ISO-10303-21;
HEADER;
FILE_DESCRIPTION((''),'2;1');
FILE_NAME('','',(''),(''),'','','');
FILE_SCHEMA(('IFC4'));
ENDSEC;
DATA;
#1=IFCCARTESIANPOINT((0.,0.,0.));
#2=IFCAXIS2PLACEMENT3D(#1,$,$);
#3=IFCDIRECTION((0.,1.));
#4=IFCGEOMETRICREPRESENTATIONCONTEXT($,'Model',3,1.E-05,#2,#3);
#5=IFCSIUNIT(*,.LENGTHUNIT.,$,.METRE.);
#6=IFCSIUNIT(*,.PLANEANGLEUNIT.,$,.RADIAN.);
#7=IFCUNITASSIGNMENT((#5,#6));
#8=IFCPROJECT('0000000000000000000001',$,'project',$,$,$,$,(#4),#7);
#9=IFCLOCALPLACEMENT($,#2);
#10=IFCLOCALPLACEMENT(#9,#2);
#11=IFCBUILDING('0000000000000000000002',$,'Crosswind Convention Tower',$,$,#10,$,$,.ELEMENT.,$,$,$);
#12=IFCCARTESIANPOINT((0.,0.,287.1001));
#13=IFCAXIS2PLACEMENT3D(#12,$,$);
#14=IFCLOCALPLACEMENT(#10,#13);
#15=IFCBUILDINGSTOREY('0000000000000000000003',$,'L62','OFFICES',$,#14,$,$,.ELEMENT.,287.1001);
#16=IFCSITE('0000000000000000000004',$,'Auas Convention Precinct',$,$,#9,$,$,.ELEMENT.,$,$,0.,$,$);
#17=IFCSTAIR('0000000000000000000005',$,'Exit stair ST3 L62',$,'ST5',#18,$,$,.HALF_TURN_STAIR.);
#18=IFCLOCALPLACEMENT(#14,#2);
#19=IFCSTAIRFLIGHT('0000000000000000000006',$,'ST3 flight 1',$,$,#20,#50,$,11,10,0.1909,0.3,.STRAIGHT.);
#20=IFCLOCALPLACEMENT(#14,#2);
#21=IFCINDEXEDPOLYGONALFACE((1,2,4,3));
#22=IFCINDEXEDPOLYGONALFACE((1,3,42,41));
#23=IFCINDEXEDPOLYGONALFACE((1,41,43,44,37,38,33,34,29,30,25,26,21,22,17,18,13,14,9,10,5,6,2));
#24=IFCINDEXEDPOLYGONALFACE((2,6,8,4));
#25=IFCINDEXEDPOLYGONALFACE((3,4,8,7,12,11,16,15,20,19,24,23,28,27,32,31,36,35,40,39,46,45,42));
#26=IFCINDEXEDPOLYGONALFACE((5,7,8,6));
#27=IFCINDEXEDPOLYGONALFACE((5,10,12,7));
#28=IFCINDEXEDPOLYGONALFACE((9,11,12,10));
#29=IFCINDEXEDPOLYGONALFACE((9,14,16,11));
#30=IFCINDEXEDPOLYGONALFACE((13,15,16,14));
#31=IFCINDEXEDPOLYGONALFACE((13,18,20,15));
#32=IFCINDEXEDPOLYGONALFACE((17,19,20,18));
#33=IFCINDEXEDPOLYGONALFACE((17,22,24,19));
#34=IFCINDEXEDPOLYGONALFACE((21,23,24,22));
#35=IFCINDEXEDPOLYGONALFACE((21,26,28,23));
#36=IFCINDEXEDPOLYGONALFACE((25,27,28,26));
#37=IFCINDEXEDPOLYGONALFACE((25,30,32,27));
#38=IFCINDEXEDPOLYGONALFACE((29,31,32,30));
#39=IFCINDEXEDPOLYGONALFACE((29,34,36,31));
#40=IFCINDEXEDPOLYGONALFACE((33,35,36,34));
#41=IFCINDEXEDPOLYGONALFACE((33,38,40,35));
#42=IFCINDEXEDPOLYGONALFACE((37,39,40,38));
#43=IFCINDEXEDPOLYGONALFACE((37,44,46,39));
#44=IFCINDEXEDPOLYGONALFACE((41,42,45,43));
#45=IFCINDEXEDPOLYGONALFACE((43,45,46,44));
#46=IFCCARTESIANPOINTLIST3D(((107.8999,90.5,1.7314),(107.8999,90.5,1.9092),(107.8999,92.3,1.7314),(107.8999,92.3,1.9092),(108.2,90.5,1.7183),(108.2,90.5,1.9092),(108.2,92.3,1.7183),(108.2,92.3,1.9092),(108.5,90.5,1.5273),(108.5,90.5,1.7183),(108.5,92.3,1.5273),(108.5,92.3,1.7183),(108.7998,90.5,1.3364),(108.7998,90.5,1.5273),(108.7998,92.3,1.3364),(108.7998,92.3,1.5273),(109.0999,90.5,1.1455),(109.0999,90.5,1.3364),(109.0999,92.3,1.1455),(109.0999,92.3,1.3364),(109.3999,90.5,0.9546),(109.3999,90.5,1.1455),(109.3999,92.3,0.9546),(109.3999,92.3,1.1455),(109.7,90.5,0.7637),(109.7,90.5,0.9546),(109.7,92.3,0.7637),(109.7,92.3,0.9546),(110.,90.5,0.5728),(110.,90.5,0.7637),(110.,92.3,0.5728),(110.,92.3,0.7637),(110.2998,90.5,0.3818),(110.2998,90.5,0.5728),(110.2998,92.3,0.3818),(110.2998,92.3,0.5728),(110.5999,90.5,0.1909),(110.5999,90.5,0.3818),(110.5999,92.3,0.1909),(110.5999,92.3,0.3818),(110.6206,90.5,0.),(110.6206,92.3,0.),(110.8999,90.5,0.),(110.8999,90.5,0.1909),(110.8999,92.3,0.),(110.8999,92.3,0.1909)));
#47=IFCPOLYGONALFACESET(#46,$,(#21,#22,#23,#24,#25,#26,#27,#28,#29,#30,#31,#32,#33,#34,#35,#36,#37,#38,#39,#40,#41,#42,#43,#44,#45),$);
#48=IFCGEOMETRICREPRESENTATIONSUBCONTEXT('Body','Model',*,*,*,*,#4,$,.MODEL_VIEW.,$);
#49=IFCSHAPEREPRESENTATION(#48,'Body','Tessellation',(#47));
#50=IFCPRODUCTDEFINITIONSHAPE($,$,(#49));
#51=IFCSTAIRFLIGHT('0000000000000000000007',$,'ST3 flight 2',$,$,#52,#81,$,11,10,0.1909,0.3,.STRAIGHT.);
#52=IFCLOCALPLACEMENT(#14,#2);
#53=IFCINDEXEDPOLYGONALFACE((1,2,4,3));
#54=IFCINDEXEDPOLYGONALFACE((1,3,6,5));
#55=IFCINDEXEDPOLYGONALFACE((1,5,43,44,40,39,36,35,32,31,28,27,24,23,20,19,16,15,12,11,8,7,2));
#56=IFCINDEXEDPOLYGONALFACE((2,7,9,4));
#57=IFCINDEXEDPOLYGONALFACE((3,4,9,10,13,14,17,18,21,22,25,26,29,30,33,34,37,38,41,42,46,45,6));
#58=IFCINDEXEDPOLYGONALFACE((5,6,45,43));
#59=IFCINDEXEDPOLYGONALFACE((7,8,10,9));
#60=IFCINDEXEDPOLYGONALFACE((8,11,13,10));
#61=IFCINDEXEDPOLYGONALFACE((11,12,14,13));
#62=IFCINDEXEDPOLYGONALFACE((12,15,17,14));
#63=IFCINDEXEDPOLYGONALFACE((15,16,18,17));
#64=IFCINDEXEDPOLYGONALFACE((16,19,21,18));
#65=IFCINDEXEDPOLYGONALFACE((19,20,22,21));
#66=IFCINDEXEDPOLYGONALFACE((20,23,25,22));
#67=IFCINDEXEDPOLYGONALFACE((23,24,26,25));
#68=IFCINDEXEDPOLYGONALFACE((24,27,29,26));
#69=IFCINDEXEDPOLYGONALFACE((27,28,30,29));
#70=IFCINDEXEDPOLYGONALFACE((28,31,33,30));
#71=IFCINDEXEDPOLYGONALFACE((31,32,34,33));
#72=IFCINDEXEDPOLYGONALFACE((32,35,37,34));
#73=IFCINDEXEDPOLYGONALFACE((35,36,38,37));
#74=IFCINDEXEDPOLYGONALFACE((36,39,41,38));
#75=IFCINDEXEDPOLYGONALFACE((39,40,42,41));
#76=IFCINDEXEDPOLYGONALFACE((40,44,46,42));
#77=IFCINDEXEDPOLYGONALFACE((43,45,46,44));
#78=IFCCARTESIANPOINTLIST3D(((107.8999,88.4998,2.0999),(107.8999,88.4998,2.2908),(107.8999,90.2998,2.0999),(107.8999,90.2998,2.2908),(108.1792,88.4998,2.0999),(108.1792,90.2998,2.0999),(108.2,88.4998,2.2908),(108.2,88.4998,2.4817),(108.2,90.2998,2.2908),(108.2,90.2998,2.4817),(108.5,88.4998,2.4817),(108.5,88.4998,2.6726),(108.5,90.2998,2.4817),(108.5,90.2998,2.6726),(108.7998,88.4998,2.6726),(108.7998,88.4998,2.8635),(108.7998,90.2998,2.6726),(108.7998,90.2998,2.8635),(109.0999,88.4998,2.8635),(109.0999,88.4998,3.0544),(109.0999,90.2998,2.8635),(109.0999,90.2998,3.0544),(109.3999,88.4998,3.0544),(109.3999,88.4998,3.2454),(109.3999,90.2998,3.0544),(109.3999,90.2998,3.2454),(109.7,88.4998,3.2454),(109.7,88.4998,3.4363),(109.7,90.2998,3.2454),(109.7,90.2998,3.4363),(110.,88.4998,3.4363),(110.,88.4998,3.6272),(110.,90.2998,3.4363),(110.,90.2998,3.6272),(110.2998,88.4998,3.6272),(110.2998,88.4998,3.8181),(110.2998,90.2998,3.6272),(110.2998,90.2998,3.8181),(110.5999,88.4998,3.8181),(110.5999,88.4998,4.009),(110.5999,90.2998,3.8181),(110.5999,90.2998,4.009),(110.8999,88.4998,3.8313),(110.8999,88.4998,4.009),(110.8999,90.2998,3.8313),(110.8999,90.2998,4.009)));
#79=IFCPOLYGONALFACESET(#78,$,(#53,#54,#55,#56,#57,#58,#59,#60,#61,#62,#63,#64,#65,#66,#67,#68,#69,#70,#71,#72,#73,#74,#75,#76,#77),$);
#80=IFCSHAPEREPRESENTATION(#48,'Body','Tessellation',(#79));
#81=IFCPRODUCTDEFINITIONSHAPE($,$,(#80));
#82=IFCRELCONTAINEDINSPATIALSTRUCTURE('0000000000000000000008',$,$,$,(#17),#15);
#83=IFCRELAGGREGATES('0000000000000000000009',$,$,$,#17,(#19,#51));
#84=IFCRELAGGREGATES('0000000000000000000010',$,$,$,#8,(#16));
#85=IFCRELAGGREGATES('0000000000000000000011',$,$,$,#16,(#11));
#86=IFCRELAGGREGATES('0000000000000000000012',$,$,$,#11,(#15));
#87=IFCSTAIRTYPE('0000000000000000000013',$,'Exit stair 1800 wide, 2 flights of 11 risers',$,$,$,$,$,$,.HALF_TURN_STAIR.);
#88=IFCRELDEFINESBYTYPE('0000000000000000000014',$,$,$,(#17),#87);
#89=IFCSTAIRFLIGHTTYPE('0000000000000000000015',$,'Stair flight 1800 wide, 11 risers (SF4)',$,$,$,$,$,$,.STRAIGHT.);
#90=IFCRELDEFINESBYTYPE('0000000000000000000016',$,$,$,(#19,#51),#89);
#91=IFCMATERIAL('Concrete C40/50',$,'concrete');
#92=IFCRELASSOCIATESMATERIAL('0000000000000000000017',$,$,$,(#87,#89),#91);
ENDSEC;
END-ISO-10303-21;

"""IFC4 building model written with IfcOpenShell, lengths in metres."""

from ifc_helpers import new_model, si_unit, direction, frame, origin, place, context, subcontext, project, spatial, polyline, outline, extrude, material, type_object, element, aggregate, save


model = new_model("IFC4")

# Units and contexts
model_context = context("Model", 3, precision=1e-05, world=origin(), true_north=direction((0.0, 1.0)))
body_context = subcontext(model_context, "Body", "Model", "MODEL_VIEW")
ifc_project = project(units=[si_unit("LENGTHUNIT", "METRE"), si_unit("PLANEANGLEUNIT", "RADIAN")], contexts=[model_context])

# Site, building, storey
site_placement = place(None, origin())
site = spatial("IfcSite", under=ifc_project, at=site_placement, Name="Auas Convention Precinct", CompositionType="ELEMENT", RefElevation=0.0)
building_placement = place(site_placement, origin())
building = spatial("IfcBuilding", under=site, at=building_placement, Name="Crosswind Convention Tower", CompositionType="ELEMENT")
storey_placement = place(building_placement, frame((0.0, 0.0, 287.1001)))
storey = spatial("IfcBuildingStorey", under=building, at=storey_placement, Name="L62", Description="OFFICES", CompositionType="ELEMENT", Elevation=287.1001)

# Shared definitions
ifc_material_1 = material(Name="Concrete C40/50", Category="concrete")

# Stair
stair_type = type_object("IfcStairType", Name="Exit stair 1800 wide, 2 flights of 11 risers", PredefinedType="HALF_TURN_STAIR", material=ifc_material_1)
stair_1_placement = place(storey_placement, origin())
stair_1 = element("IfcStair", 1, at=stair_1_placement, inside=storey, type_object=stair_type, Name="Exit stair ST3 L62", ObjectType="ST5", PredefinedType="HALF_TURN_STAIR")

# Stair flights
stair_flight_type = type_object("IfcStairFlightType", Name="Stair flight 1800 wide, 11 risers (SF4)", PredefinedType="STRAIGHT", material=ifc_material_1)
stair_flight_1_placement = place(storey_placement, frame((110.8999, 91.3999, 0.0), z_axis=(0.0, 0.0, 1.0), x_axis=(-1.0, 0.0, 0.0)))
stair_flight_1 = element("IfcStairFlight", 2, at=stair_flight_1_placement, type_object=stair_flight_type, Name="ST3 flight 1", NumberOfRisers=11, NumberOfTreads=10, PredefinedType="STRAIGHT", RiserHeight=0.1909, TreadLength=0.3, context=body_context, shape_type="SweptSolid", body=[
    extrude(outline(polyline([(0.0, 0.0), (0.0, 0.1909), (0.3, 0.1909), (0.3, 0.3818), (0.6001, 0.3818), (0.6001, 0.5728), (0.8999, 0.5728), (0.8999, 0.7637), (1.2, 0.7637), (1.2, 0.9546), (1.5, 0.9546), (1.5, 1.1455), (1.8, 1.1455), (1.8, 1.3364), (2.1001, 1.3364), (2.1001, 1.5273), (2.3999, 1.5273), (2.3999, 1.7183), (2.7, 1.7183), (2.7, 1.9092), (3.0, 1.9092), (3.0, 2.1001), (3.0, 1.7314), (0.2793, 0.0), (0.0, 0.0)])), frame((0.0, 0.8999, 0.0), z_axis=(0.0, -1.0, 0.0), x_axis=(1.0, 0.0, 0.0)), (0.0, 0.0, 1.0), 1.8),
])
stair_flight_2_placement = place(storey_placement, frame((107.8999, 89.3999, 2.0999), z_axis=(0.0, 0.0, 1.0), x_axis=(1.0, 0.0, 0.0)))
stair_flight_2 = element("IfcStairFlight", 3, at=stair_flight_2_placement, type_object=stair_flight_type, Name="ST3 flight 2", NumberOfRisers=11, NumberOfTreads=10, PredefinedType="STRAIGHT", RiserHeight=0.1909, TreadLength=0.3, context=body_context, shape_type="SweptSolid", body=[
    extrude(outline(polyline([(0.0, 0.0), (0.0, 0.1909), (0.3, 0.1909), (0.3, 0.3818), (0.6001, 0.3818), (0.6001, 0.5728), (0.8999, 0.5728), (0.8999, 0.7637), (1.2, 0.7637), (1.2, 0.9546), (1.5, 0.9546), (1.5, 1.1455), (1.8, 1.1455), (1.8, 1.3364), (2.1001, 1.3364), (2.1001, 1.5273), (2.3999, 1.5273), (2.3999, 1.7183), (2.7, 1.7183), (2.7, 1.9092), (3.0, 1.9092), (3.0, 2.1001), (3.0, 1.7314), (0.2793, 0.0), (0.0, 0.0)])), frame((0.0, 0.8999, 0.0), z_axis=(0.0, -1.0, 0.0), x_axis=(1.0, 0.0, 0.0)), (0.0, 0.0, 1.0), 1.8),
])
aggregate(stair_1, [stair_flight_1, stair_flight_2])

save(model, "model.ifc")
